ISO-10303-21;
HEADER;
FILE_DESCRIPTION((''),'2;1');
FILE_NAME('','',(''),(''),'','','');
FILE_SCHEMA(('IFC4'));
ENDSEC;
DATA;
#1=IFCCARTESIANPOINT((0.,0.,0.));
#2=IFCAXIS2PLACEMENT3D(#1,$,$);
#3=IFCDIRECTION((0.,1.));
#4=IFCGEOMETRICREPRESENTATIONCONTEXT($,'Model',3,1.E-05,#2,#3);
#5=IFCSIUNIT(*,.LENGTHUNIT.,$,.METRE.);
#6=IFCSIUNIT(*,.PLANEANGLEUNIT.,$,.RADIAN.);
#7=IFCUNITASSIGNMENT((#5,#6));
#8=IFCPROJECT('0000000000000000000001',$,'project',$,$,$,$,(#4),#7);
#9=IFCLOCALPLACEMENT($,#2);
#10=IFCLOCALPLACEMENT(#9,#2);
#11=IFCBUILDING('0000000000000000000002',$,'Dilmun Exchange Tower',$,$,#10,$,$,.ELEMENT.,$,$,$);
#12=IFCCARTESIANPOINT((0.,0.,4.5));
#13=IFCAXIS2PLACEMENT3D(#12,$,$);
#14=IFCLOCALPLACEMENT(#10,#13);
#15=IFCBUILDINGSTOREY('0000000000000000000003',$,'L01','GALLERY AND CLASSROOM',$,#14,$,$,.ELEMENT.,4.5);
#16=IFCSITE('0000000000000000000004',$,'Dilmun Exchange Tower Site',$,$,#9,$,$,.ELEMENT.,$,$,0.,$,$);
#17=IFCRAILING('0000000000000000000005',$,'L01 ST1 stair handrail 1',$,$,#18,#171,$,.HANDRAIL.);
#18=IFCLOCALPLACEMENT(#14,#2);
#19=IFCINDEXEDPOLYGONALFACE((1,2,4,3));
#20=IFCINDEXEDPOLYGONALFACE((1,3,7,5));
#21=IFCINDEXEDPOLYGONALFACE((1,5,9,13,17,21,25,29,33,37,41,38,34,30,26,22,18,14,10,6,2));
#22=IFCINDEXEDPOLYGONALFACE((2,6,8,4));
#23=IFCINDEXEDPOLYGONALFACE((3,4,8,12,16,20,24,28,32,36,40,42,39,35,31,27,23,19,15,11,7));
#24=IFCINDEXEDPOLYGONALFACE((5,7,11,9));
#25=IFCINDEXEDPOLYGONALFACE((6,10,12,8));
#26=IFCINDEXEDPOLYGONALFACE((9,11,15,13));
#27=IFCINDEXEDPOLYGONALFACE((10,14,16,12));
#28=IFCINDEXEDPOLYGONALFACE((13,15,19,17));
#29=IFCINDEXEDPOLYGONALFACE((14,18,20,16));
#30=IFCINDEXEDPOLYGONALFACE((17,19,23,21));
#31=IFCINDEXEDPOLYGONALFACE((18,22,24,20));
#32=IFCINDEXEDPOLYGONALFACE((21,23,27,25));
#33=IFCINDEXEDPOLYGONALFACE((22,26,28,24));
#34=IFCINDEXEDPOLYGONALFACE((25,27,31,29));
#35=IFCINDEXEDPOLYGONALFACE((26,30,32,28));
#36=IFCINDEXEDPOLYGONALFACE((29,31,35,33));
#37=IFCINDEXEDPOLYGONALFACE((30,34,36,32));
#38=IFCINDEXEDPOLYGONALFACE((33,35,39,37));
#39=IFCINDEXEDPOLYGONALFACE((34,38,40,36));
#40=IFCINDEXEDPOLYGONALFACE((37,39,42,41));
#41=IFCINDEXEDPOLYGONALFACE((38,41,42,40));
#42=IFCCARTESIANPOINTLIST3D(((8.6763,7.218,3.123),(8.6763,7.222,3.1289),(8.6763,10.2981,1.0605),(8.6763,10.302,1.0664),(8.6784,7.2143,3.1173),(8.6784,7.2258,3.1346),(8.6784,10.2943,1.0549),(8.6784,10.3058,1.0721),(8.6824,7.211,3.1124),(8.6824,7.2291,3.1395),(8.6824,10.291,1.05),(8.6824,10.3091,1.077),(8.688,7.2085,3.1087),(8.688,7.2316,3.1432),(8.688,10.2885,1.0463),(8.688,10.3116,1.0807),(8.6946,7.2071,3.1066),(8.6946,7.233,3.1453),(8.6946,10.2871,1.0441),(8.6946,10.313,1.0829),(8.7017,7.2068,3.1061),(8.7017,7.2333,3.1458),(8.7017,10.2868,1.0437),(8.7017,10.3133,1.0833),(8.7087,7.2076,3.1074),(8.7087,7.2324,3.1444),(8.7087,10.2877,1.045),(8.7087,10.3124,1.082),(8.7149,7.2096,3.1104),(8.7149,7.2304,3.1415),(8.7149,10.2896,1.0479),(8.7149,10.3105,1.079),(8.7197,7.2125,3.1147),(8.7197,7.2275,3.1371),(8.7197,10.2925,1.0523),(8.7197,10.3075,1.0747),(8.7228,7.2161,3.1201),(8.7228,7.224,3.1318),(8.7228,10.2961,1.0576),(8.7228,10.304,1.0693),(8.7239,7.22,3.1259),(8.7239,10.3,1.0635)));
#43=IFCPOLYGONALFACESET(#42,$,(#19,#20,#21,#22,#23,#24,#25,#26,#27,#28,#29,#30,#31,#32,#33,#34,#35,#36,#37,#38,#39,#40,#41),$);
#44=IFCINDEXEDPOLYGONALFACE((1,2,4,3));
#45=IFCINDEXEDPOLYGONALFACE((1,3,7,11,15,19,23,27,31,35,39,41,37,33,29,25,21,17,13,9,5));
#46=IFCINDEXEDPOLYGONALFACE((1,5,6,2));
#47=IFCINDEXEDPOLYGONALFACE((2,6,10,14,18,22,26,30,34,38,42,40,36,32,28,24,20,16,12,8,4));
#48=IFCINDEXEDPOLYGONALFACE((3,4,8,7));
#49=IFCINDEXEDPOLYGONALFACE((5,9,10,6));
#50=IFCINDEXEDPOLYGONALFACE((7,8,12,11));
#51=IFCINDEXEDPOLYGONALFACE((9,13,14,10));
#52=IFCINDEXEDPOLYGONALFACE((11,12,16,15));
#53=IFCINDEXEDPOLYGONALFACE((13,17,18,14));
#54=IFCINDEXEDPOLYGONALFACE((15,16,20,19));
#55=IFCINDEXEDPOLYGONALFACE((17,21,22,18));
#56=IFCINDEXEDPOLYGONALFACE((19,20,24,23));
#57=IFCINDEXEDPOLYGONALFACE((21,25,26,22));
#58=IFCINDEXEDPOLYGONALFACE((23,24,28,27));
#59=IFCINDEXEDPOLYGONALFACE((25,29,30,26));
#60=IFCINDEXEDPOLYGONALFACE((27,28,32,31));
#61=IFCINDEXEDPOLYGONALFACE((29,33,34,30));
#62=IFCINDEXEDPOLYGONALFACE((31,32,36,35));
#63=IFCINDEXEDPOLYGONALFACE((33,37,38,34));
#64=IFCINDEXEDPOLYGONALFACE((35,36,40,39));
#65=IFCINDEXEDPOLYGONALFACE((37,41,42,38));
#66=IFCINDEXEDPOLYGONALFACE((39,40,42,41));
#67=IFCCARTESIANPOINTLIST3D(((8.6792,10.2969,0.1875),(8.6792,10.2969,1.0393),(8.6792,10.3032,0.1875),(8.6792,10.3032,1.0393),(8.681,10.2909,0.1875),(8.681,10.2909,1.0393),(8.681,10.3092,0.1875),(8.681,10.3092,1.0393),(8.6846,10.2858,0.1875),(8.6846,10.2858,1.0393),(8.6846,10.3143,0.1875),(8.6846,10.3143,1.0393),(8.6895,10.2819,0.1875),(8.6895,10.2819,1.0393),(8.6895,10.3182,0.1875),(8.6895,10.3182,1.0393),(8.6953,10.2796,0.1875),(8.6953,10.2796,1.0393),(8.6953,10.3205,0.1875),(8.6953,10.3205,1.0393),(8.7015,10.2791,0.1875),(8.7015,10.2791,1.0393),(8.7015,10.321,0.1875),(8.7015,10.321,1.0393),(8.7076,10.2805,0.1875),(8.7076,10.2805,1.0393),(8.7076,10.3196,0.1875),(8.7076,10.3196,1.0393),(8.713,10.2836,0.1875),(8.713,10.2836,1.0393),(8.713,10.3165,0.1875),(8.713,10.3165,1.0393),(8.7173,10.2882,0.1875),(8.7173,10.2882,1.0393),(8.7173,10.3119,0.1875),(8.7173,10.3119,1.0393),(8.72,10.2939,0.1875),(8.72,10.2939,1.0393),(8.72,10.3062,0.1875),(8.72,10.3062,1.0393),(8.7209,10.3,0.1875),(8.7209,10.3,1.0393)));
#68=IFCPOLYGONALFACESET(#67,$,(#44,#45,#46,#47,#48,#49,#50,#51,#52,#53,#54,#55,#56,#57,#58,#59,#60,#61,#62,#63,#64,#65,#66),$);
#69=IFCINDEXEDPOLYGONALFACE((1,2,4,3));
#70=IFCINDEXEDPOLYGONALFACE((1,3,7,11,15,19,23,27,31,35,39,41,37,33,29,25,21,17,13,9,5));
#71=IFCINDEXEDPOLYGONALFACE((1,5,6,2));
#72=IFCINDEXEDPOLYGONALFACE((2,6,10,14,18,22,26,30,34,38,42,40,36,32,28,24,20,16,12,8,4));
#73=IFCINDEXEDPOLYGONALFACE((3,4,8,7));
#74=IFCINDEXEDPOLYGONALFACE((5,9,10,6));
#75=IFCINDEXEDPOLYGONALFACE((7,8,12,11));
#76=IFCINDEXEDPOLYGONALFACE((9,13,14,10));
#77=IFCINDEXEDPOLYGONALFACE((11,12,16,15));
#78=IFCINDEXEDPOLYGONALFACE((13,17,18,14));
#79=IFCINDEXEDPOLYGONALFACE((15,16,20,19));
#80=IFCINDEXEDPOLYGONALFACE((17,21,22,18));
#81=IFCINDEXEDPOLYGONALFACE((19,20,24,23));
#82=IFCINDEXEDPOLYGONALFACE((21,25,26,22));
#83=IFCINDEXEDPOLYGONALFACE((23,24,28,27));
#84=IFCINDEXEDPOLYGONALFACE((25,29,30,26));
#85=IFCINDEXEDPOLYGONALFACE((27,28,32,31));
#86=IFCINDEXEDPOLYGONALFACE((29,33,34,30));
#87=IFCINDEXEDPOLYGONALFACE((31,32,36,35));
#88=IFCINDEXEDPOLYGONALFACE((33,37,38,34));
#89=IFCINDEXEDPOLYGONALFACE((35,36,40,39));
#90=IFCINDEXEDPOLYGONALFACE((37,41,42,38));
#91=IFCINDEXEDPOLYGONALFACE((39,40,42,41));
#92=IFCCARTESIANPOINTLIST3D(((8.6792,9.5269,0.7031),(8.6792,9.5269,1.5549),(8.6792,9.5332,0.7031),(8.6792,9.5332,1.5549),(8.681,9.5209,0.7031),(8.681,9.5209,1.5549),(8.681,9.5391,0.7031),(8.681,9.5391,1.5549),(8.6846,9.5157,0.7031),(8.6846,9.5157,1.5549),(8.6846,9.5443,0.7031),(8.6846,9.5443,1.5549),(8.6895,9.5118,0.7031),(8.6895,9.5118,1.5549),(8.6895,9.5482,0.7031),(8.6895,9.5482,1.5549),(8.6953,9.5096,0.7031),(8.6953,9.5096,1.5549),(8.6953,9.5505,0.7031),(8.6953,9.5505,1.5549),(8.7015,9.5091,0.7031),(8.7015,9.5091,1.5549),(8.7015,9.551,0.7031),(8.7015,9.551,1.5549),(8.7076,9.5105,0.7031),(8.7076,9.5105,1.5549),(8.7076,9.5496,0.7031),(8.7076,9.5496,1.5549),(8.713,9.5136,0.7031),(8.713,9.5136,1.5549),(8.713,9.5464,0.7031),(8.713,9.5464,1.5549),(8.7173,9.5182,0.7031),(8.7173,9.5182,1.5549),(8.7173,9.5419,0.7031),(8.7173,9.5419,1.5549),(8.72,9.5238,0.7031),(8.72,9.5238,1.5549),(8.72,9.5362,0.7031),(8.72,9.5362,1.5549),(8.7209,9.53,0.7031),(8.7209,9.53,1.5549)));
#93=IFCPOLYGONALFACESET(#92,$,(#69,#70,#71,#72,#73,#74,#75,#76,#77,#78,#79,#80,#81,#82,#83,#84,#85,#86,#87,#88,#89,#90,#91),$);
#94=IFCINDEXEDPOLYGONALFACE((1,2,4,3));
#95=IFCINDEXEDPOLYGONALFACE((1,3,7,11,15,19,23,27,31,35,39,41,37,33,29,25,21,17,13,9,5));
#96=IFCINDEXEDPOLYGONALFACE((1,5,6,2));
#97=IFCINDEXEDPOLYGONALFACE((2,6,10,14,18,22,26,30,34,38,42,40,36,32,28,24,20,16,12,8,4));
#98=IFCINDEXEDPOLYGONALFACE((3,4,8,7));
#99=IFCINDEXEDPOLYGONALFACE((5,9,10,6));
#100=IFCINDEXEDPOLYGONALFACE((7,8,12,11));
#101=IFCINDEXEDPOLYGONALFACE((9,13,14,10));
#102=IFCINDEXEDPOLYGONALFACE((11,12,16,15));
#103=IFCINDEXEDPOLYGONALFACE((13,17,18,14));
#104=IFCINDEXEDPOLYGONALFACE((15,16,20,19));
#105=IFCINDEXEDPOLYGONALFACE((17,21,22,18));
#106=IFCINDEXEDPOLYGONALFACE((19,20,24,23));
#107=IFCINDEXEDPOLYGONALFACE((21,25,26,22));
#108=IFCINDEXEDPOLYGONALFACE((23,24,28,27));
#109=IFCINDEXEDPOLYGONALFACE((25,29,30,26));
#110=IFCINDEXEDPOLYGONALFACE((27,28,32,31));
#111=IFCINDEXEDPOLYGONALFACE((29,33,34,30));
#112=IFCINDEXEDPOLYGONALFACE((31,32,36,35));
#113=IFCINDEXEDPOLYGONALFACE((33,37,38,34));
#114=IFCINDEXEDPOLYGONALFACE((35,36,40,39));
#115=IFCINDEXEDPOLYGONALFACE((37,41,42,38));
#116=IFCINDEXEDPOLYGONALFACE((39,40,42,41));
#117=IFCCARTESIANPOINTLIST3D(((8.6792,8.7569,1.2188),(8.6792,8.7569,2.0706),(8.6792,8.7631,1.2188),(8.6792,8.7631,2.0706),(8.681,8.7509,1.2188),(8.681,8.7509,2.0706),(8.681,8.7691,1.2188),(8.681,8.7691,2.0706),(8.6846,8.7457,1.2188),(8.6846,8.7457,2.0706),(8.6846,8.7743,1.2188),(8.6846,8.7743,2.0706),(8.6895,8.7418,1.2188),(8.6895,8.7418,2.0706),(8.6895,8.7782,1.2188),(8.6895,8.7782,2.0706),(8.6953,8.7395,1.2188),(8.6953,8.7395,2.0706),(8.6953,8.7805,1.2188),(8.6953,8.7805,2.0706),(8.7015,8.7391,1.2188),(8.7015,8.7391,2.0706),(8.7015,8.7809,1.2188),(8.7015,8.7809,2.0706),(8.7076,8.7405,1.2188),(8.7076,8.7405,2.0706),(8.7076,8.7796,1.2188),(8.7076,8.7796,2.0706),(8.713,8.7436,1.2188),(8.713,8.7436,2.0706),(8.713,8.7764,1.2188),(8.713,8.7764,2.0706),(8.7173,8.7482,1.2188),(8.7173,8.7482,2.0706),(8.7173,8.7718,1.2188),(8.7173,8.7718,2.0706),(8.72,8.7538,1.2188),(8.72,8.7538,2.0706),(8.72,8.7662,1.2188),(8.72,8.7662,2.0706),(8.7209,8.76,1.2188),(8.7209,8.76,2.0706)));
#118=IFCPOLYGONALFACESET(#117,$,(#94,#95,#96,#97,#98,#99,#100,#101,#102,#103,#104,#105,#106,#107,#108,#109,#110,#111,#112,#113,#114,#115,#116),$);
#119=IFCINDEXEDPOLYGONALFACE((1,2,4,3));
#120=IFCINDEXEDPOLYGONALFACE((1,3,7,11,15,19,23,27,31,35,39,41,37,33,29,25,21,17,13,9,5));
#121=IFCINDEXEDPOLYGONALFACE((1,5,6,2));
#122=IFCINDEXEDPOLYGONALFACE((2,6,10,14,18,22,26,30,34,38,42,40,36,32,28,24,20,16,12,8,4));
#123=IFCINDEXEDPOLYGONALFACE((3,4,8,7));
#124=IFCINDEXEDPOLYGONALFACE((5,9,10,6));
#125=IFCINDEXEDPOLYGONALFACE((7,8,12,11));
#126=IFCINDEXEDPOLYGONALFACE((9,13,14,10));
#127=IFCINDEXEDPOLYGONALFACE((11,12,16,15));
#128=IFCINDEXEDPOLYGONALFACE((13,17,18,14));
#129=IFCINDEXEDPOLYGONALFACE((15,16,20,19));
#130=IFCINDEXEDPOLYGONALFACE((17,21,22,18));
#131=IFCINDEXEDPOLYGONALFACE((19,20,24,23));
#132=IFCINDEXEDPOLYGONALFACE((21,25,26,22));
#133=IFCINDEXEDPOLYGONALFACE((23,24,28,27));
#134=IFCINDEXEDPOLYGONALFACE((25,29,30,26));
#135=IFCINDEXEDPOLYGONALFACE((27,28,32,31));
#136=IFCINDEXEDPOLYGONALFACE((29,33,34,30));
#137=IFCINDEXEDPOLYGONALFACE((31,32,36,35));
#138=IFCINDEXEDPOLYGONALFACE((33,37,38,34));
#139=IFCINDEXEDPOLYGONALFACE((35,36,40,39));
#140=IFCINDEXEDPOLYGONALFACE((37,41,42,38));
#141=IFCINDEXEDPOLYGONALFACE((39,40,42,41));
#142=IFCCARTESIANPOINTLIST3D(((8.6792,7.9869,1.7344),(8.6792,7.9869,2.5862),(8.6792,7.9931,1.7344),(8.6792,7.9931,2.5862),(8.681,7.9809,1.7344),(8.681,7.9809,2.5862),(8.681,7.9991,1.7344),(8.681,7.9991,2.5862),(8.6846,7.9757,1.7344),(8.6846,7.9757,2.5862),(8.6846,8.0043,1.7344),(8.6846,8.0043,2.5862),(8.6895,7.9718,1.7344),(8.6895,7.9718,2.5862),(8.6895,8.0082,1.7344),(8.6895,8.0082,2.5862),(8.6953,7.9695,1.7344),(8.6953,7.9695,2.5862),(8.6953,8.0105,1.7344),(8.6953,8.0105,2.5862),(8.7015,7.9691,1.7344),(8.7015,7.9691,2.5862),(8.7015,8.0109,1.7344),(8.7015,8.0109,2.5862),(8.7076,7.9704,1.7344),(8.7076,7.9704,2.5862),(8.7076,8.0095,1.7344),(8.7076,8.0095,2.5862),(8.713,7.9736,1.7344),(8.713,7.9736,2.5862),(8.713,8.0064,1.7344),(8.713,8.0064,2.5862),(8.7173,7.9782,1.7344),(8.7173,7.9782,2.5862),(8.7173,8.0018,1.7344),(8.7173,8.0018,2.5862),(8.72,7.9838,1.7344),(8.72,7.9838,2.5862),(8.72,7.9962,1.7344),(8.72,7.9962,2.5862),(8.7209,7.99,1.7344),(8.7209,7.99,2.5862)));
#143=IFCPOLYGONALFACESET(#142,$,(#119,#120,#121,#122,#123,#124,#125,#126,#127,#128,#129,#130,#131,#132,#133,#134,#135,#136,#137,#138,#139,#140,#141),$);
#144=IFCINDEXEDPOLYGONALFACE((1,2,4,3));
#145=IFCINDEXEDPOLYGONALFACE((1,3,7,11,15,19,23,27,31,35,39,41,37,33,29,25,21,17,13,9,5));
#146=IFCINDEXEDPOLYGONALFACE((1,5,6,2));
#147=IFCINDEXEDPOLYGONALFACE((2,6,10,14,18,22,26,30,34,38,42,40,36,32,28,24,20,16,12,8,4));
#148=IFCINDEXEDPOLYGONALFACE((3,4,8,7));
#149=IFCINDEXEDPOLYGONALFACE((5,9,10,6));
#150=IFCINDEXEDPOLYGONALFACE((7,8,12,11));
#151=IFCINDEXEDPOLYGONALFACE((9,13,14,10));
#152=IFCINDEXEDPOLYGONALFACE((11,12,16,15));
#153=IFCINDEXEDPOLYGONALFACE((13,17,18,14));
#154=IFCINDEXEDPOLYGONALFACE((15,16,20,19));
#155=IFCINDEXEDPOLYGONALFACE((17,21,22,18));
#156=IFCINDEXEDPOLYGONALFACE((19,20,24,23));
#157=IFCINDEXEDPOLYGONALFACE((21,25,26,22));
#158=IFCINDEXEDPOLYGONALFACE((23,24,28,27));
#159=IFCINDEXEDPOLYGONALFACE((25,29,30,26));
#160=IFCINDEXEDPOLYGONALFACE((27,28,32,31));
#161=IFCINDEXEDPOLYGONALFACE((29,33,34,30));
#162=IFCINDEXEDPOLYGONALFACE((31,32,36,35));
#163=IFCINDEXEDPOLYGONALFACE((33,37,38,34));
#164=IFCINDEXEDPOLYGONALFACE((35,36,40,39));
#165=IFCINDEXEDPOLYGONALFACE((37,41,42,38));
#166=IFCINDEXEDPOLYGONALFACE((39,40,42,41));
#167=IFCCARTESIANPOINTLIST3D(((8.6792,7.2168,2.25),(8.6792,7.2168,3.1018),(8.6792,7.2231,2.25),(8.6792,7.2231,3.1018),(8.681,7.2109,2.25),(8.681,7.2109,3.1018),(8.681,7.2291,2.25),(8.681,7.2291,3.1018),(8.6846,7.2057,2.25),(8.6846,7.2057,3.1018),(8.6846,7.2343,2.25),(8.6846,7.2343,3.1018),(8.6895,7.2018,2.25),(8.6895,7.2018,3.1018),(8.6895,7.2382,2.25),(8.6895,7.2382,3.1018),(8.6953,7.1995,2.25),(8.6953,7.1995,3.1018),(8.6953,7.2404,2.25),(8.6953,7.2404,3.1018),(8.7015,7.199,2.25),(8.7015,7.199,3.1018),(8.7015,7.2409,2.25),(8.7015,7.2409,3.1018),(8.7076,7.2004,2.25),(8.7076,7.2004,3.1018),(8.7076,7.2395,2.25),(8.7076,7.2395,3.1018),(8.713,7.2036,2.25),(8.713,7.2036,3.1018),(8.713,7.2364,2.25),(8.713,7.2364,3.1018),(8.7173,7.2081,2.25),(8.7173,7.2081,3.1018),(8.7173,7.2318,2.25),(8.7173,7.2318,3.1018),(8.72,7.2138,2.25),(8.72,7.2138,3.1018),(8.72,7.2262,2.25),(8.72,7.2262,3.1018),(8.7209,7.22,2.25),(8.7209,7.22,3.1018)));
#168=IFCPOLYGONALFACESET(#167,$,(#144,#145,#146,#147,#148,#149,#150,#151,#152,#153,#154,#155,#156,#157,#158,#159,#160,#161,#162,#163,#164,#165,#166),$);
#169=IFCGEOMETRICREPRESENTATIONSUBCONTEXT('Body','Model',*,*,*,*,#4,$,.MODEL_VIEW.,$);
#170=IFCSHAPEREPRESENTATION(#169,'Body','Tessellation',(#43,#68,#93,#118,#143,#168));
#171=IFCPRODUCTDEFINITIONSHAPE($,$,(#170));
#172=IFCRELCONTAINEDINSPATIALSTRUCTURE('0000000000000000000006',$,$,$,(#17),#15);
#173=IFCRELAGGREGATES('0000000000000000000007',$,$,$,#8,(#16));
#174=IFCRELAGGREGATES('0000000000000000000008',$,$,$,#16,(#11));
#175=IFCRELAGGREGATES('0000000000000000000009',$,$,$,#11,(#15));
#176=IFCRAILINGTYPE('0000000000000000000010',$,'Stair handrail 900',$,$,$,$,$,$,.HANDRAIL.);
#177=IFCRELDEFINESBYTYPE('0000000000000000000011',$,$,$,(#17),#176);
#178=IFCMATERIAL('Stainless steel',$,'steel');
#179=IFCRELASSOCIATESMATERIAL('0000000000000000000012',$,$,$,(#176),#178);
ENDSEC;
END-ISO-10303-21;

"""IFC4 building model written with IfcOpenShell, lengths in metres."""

from ifc_helpers import new_model, si_unit, direction, frame, origin, origin_2d, place, context, subcontext, project, spatial, circle, extrude, material, type_object, element, save


model = new_model("IFC4")

# Units and contexts
model_context = context("Model", 3, precision=1e-05, world=origin(), true_north=direction((0.0, 1.0)))
body_context = subcontext(model_context, "Body", "Model", "MODEL_VIEW")
ifc_project = project(units=[si_unit("LENGTHUNIT", "METRE"), si_unit("PLANEANGLEUNIT", "RADIAN")], contexts=[model_context])

# Site, building, storey
site_placement = place(None, origin())
site = spatial("IfcSite", under=ifc_project, at=site_placement, Name="Dilmun Exchange Tower Site", CompositionType="ELEMENT", RefElevation=0.0)
building_placement = place(site_placement, origin())
building = spatial("IfcBuilding", under=site, at=building_placement, Name="Dilmun Exchange Tower", CompositionType="ELEMENT")
storey_placement = place(building_placement, frame((0.0, 0.0, 4.5)))
storey = spatial("IfcBuildingStorey", under=building, at=storey_placement, Name="L01", Description="GALLERY AND CLASSROOM", CompositionType="ELEMENT", Elevation=4.5)

# Railing
ifc_material_1 = material(Name="Stainless steel", Category="steel")
railing_type_1 = type_object("IfcRailingType", Name="Stair handrail 900", PredefinedType="HANDRAIL", material=ifc_material_1)
railing_1_placement = place(storey_placement, frame((8.7, 10.3, 0.1875)))
element("IfcRailing", 1, at=railing_1_placement, inside=storey, type_object=railing_type_1, Name="L01 ST1 stair handrail 1", PredefinedType="HANDRAIL", context=body_context, shape_type="SweptSolid", body=[
    extrude(circle(Radius=0.0239, at=origin_2d()), frame((0.0, 0.0, 0.876), z_axis=(0.0, -0.830914, 0.556401), x_axis=(1.0, 0.0, 0.0)), (0.0, 0.0, 1.0), 3.7068),
    extrude(circle(Radius=0.021, at=origin_2d()), origin(), (0.0, 0.0, 1.0), 0.8518),
    extrude(circle(Radius=0.021, at=origin_2d()), frame((0.0, -0.77, 0.5156)), (0.0, 0.0, 1.0), 0.8518),
    extrude(circle(Radius=0.021, at=origin_2d()), frame((0.0, -1.54, 1.0312)), (0.0, 0.0, 1.0), 0.8518),
    extrude(circle(Radius=0.021, at=origin_2d()), frame((0.0, -2.3101, 1.5469)), (0.0, 0.0, 1.0), 0.8518),
    extrude(circle(Radius=0.021, at=origin_2d()), frame((0.0, -3.0801, 2.0625)), (0.0, 0.0, 1.0), 0.8518),
])

save(model, "model.ifc")
